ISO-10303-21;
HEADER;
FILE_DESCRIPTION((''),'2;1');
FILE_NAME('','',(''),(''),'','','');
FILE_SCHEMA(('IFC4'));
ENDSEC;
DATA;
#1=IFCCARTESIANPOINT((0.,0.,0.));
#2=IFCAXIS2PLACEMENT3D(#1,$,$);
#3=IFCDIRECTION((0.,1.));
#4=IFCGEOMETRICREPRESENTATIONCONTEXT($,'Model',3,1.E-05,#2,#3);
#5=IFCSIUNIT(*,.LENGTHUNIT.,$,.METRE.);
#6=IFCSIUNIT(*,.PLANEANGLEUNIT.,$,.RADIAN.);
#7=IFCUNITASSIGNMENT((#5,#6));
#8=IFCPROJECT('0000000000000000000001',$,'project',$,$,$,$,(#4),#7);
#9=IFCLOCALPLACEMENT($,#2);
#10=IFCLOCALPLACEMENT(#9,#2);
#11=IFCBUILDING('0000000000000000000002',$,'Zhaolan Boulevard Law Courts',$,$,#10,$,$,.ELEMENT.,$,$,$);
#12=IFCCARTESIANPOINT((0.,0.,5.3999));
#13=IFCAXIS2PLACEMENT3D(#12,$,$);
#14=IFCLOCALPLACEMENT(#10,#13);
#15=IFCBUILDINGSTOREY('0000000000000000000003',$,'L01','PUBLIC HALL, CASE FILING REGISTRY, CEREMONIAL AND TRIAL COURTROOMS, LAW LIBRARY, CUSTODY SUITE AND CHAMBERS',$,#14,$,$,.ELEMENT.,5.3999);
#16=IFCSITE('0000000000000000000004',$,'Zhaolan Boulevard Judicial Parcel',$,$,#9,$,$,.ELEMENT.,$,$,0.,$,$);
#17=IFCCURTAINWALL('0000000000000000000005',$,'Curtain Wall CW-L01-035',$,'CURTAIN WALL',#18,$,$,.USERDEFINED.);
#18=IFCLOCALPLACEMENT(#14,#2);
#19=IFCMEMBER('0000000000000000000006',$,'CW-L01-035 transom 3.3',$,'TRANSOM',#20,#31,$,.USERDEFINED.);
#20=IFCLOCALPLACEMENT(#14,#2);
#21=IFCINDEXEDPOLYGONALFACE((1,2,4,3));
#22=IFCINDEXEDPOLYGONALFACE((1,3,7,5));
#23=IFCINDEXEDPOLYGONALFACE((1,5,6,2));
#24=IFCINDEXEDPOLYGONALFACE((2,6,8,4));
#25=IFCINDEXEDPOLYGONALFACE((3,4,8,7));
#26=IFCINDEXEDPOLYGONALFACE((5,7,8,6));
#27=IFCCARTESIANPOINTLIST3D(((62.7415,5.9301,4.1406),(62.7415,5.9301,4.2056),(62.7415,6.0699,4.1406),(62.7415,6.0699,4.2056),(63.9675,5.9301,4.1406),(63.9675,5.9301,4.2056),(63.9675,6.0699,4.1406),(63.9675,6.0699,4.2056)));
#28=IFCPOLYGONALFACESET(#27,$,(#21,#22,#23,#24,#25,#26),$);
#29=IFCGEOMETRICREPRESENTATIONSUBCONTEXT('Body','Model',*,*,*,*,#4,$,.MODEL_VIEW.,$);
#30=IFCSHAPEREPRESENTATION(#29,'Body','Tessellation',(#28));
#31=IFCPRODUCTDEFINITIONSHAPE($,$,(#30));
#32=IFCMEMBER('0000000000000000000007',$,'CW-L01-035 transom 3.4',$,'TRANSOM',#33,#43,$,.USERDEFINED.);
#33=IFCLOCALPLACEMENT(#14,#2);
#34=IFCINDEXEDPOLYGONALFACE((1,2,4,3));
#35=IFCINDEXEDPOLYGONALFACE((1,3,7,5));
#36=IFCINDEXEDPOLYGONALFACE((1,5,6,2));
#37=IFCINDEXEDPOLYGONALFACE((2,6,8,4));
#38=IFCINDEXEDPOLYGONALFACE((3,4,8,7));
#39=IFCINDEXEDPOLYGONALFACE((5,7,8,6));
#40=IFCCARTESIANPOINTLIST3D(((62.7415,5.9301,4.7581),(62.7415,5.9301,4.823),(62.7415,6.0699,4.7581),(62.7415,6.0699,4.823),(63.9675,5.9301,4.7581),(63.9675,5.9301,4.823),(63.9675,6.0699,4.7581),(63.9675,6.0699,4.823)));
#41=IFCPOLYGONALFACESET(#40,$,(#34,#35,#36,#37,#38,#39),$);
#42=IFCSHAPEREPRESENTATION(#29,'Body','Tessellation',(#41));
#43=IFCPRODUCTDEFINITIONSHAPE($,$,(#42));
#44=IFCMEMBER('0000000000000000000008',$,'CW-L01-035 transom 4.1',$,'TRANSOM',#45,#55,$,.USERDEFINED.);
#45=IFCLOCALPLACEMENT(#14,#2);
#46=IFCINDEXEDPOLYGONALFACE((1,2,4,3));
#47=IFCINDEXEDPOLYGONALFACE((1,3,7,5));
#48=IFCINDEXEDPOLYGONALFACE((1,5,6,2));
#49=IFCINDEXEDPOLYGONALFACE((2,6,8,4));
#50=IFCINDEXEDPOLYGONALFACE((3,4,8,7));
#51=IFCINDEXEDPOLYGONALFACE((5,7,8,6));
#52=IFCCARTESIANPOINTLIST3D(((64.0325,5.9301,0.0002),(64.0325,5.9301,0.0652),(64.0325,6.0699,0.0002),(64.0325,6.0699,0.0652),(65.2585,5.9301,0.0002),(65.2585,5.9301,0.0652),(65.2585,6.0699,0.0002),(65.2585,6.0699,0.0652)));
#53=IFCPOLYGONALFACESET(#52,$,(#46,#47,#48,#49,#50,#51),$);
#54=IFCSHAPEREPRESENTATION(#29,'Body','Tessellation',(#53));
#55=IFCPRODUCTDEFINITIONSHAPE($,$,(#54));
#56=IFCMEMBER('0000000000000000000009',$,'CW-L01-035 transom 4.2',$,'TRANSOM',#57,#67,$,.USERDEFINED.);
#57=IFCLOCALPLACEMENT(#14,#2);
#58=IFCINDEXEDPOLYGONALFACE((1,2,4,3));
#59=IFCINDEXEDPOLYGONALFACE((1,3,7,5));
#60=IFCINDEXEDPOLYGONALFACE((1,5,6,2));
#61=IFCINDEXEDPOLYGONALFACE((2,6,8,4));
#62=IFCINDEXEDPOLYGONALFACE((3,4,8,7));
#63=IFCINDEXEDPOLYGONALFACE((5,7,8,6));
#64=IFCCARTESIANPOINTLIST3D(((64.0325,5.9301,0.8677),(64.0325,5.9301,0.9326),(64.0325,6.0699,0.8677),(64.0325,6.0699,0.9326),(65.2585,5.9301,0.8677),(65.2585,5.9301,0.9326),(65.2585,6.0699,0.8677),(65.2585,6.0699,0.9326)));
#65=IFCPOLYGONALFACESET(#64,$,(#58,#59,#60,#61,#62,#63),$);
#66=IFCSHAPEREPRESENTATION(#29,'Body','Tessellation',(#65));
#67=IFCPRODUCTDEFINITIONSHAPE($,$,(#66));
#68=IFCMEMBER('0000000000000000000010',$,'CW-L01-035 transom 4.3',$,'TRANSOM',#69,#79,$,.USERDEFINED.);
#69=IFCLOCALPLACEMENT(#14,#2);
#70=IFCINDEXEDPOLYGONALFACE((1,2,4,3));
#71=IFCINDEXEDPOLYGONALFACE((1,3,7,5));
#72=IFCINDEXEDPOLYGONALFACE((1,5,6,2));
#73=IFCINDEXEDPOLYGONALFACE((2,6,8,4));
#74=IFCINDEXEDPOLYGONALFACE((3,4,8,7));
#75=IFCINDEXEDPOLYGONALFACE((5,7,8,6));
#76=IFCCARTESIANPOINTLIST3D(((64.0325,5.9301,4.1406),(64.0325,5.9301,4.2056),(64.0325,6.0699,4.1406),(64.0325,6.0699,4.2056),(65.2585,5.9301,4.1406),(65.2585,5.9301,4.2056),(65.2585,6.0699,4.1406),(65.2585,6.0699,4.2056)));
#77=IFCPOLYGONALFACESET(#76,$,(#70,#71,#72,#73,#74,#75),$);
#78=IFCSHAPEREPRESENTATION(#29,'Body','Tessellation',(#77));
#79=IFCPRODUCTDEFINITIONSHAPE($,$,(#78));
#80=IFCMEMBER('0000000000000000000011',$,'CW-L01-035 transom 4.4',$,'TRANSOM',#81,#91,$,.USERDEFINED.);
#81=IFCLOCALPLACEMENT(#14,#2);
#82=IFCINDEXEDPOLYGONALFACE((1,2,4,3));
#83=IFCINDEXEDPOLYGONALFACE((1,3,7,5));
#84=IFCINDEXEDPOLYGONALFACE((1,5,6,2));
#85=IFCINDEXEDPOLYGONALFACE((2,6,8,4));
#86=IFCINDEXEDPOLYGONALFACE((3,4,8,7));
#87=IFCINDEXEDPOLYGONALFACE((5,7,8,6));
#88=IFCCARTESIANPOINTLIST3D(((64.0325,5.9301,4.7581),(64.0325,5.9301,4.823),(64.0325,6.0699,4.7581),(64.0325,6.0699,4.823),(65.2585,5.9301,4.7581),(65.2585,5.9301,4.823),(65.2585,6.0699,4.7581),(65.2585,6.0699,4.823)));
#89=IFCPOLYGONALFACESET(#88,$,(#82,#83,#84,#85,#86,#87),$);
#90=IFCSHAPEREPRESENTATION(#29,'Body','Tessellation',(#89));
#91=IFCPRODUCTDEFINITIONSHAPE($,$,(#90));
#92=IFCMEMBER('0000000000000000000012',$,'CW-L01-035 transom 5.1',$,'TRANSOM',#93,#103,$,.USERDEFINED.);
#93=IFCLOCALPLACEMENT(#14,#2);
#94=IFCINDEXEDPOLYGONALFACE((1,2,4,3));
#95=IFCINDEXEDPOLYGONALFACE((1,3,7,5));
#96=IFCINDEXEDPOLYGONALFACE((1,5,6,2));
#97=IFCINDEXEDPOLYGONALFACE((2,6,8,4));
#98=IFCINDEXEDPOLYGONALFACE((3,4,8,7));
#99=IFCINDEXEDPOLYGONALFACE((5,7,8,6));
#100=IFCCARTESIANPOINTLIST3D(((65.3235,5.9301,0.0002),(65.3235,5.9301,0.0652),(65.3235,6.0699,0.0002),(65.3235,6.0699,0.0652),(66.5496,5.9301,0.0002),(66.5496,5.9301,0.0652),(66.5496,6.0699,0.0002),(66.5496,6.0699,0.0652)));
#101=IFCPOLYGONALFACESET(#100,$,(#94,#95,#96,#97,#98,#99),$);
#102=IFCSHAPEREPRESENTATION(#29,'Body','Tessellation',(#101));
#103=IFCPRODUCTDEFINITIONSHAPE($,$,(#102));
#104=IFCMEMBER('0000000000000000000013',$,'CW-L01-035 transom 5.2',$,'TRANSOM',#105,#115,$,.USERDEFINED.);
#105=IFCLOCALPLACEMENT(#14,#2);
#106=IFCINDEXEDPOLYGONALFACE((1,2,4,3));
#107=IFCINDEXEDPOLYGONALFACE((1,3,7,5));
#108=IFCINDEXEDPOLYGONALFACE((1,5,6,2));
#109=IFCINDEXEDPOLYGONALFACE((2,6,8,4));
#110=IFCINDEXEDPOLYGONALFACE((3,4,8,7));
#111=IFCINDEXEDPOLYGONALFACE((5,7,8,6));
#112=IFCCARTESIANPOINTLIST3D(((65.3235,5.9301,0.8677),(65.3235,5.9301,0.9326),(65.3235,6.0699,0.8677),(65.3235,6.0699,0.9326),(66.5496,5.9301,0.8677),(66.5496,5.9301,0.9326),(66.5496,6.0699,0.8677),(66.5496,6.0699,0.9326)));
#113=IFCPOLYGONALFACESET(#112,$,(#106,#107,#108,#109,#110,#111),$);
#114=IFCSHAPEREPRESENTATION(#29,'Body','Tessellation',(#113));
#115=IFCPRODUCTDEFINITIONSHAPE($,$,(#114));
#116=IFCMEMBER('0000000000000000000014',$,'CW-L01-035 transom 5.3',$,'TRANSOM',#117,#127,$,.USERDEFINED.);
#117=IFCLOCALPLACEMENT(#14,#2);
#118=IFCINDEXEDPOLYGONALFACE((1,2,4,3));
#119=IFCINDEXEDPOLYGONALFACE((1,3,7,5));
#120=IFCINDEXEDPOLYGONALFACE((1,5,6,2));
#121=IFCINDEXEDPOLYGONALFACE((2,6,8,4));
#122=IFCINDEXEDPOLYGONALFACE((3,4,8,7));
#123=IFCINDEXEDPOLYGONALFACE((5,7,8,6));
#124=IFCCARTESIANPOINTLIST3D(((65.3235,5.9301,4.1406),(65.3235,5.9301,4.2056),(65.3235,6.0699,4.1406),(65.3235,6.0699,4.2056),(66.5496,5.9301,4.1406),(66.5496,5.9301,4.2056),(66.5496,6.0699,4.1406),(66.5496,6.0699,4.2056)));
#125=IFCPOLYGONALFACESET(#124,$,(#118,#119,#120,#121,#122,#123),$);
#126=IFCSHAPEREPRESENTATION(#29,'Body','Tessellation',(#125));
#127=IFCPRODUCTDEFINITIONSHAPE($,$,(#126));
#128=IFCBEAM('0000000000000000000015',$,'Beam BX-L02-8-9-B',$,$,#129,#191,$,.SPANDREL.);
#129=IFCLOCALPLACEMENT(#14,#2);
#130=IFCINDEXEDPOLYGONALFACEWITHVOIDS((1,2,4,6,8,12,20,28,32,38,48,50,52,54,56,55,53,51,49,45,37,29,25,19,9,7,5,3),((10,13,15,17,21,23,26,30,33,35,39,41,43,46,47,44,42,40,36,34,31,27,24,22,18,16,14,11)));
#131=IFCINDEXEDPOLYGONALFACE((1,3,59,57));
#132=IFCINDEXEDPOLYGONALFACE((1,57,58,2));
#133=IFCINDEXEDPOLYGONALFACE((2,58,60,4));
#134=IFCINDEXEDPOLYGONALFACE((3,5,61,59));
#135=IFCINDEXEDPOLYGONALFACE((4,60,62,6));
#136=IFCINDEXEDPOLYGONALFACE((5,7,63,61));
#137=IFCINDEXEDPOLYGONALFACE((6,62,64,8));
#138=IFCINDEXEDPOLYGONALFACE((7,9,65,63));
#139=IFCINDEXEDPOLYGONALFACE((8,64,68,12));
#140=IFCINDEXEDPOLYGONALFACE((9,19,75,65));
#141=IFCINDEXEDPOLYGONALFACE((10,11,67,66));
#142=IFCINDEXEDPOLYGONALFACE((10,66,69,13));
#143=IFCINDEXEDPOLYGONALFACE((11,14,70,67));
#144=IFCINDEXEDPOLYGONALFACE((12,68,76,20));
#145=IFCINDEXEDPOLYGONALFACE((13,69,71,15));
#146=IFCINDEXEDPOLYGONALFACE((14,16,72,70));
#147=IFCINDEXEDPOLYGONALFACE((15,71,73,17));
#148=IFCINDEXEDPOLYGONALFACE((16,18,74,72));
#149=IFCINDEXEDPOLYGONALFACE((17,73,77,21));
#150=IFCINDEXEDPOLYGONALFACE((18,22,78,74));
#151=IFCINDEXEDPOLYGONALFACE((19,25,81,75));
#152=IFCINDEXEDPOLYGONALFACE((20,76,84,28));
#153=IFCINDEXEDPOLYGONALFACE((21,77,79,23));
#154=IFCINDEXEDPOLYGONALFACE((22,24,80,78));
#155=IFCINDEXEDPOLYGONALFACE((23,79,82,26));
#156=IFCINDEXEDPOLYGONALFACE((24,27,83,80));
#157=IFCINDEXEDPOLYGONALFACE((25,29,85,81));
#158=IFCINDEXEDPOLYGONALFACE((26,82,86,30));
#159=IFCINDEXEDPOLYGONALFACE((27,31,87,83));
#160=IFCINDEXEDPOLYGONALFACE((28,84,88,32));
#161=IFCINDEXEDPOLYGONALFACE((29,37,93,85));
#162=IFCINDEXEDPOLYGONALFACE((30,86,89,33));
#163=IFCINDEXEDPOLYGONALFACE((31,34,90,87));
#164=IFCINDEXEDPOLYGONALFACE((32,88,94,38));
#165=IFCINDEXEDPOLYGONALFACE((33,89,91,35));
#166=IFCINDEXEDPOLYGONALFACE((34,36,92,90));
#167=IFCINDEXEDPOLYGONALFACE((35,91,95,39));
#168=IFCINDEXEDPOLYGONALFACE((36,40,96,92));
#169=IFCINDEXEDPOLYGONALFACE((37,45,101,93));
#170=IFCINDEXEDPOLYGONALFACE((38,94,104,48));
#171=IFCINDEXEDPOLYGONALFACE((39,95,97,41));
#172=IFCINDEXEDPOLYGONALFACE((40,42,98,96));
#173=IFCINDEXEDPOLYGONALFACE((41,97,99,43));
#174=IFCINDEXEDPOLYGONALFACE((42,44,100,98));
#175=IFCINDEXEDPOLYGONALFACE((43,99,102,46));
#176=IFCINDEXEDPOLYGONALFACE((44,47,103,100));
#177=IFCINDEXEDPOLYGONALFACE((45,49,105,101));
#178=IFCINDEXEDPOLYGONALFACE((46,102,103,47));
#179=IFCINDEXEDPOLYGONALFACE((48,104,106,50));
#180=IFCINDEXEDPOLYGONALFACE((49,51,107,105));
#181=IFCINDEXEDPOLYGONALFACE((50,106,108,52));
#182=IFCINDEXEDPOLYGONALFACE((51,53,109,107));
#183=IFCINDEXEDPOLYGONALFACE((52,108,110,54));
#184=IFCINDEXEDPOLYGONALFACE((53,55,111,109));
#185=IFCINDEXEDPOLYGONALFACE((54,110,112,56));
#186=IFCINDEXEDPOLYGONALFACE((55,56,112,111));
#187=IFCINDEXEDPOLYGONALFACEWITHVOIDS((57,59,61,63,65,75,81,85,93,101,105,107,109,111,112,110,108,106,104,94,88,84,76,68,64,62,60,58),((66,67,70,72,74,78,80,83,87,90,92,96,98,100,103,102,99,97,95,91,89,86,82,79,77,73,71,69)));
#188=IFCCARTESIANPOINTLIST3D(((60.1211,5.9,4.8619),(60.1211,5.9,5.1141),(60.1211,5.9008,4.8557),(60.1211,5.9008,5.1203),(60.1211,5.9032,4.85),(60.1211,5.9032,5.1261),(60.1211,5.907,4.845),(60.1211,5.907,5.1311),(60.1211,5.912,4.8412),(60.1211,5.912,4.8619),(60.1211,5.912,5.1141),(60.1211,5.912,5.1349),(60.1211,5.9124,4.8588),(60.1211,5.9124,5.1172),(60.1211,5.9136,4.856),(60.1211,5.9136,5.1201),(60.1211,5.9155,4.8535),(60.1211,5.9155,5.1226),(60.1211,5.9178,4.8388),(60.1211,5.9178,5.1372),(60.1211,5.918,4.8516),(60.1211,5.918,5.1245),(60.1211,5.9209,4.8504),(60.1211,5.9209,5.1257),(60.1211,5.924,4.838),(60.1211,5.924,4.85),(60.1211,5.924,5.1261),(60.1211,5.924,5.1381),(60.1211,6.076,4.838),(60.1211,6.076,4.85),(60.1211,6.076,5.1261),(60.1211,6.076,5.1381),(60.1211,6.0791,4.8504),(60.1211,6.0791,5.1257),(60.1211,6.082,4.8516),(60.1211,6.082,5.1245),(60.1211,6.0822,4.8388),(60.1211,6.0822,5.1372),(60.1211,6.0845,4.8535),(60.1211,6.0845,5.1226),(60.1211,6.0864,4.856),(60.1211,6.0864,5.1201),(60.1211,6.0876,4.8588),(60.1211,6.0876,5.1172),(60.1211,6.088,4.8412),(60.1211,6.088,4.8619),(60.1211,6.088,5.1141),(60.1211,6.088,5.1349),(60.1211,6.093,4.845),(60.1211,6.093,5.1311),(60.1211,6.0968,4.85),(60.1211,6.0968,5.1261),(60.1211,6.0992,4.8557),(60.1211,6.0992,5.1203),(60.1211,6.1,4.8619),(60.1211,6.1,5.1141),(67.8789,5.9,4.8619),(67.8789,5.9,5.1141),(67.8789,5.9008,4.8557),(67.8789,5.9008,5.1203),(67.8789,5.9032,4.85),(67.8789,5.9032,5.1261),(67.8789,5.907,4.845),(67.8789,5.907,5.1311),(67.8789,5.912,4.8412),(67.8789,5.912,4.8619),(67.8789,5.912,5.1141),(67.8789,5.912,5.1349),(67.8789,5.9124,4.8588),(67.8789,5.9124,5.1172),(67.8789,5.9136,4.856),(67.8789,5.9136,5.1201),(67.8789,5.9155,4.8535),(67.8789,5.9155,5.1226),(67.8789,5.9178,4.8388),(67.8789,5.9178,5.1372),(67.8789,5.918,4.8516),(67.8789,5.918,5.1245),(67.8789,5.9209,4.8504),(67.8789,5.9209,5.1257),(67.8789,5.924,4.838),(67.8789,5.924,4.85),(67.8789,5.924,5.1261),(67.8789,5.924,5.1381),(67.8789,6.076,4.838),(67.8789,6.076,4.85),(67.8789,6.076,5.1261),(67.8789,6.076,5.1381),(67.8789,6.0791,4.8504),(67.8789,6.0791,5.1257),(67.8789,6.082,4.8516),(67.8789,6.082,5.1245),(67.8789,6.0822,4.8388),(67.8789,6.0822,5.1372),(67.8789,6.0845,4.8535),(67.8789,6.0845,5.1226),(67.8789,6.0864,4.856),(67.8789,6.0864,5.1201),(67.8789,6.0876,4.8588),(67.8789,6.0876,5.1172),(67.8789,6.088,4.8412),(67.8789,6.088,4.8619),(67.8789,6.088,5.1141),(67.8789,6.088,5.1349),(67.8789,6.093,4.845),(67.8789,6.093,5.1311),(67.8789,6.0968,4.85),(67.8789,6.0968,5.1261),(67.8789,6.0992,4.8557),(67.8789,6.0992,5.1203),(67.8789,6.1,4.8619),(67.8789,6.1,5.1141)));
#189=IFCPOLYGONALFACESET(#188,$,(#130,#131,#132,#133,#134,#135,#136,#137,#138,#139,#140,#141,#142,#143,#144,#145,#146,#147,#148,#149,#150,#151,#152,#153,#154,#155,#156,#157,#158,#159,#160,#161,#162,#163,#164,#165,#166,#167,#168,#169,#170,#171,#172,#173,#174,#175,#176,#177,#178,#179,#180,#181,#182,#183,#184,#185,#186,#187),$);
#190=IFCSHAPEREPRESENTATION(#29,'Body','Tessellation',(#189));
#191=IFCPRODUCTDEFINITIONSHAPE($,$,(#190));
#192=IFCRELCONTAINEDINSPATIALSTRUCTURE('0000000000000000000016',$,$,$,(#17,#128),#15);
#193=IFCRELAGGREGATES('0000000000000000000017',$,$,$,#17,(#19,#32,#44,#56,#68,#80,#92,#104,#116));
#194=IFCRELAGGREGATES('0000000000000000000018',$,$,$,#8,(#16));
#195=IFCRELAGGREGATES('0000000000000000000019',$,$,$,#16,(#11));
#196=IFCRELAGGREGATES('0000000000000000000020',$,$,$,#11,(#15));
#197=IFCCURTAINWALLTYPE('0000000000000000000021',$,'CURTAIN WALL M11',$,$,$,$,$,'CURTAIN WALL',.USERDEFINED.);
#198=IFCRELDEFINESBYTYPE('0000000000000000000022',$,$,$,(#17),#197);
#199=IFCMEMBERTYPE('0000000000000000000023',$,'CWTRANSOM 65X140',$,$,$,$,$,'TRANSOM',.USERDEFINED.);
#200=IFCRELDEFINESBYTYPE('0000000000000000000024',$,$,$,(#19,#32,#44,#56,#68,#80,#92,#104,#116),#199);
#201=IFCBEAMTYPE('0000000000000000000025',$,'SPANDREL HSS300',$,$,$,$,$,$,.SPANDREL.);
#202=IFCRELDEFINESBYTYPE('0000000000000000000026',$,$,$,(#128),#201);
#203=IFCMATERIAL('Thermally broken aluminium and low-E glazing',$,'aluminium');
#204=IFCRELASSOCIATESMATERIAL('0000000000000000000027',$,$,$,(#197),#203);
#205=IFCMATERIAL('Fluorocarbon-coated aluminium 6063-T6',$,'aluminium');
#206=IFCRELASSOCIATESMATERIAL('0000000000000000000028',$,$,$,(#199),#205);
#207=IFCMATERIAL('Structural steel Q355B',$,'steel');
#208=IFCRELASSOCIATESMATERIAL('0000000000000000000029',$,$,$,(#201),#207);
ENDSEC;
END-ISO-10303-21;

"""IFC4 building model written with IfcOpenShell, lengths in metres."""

from ifc_helpers import new_model, si_unit, direction, frame, origin, origin_2d, place, context, subcontext, project, spatial, rectangle, hollow_rectangle, extrude, material, material_profile, profile_set, type_object, element, aggregate, save


model = new_model("IFC4")

# Units and contexts
model_context = context("Model", 3, precision=1e-05, world=origin(), true_north=direction((0.0, 1.0)))
body_context = subcontext(model_context, "Body", "Model", "MODEL_VIEW")
ifc_project = project(units=[si_unit("LENGTHUNIT", "METRE"), si_unit("PLANEANGLEUNIT", "RADIAN")], contexts=[model_context])

# Site, building, storey
site_placement = place(None, origin())
site = spatial("IfcSite", under=ifc_project, at=site_placement, Name="Zhaolan Boulevard Judicial Parcel", CompositionType="ELEMENT", RefElevation=0.0)
building_placement = place(site_placement, origin())
building = spatial("IfcBuilding", under=site, at=building_placement, Name="Zhaolan Boulevard Law Courts", CompositionType="ELEMENT")
storey_placement = place(building_placement, frame((0.0, 0.0, 5.3999)))
storey = spatial("IfcBuildingStorey", under=building, at=storey_placement, Name="L01", Description="PUBLIC HALL, CASE FILING REGISTRY, CEREMONIAL AND TRIAL COURTROOMS, LAW LIBRARY, CUSTODY SUITE AND CHAMBERS", CompositionType="ELEMENT", Elevation=5.3999)

# Curtain wall, members
ifc_material_1 = material(Name="Thermally broken aluminium and low-E glazing", Category="aluminium")
curtain_wall_type = type_object("IfcCurtainWallType", Name="CURTAIN WALL M11", ElementType="CURTAIN WALL", PredefinedType="USERDEFINED", material=ifc_material_1)
curtain_wall_placement = place(storey_placement, origin())
curtain_wall = element("IfcCurtainWall", 1, at=curtain_wall_placement, inside=storey, type_object=curtain_wall_type, Name="Curtain Wall CW-L01-035", ObjectType="CURTAIN WALL", PredefinedType="USERDEFINED")
ifc_material_2 = material(Name="Fluorocarbon-coated aluminium 6063-T6", Category="aluminium")
ifc_material_profile_1 = material_profile(ifc_material_2, rectangle(XDim=0.1399, YDim=0.0649, at=origin_2d()), Name="AL65x140")
ifc_profile_set_1 = profile_set([ifc_material_profile_1], Name="Fluorocarbon-coated aluminium 6063-T6")
member_type_1 = type_object("IfcMemberType", Name="CWTRANSOM 65X140", ElementType="TRANSOM", PredefinedType="USERDEFINED", material=ifc_profile_set_1)
member_1_placement = place(storey_placement, frame((62.7415, 6.0, 4.1731), z_axis=(1.0, 0.0, 0.0), x_axis=(0.0, 1.0, 0.0)))
member_1 = element("IfcMember", 2, at=member_1_placement, type_object=member_type_1, Name="CW-L01-035 transom 3.3", ObjectType="TRANSOM", PredefinedType="USERDEFINED", context=body_context, shape_type="SweptSolid", body=[
    extrude(rectangle(XDim=0.1399, YDim=0.0649, at=origin_2d()), origin(), (0.0, 0.0, 1.0), 1.2261),
])
member_2_placement = place(storey_placement, frame((62.7415, 6.0, 4.7905), z_axis=(1.0, 0.0, 0.0), x_axis=(0.0, 1.0, 0.0)))
member_2 = element("IfcMember", 3, at=member_2_placement, type_object=member_type_1, Name="CW-L01-035 transom 3.4", ObjectType="TRANSOM", PredefinedType="USERDEFINED", context=body_context, shape_type="SweptSolid", body=[
    extrude(rectangle(XDim=0.1399, YDim=0.0649, at=origin_2d()), origin(), (0.0, 0.0, 1.0), 1.2261),
])
member_3_placement = place(storey_placement, frame((64.0325, 6.0, 0.0327), z_axis=(1.0, 0.0, 0.0), x_axis=(0.0, 1.0, 0.0)))
member_3 = element("IfcMember", 4, at=member_3_placement, type_object=member_type_1, Name="CW-L01-035 transom 4.1", ObjectType="TRANSOM", PredefinedType="USERDEFINED", context=body_context, shape_type="SweptSolid", body=[
    extrude(rectangle(XDim=0.1399, YDim=0.0649, at=origin_2d()), origin(), (0.0, 0.0, 1.0), 1.2261),
])
member_4_placement = place(storey_placement, frame((64.0325, 6.0, 0.9001), z_axis=(1.0, 0.0, 0.0), x_axis=(0.0, 1.0, 0.0)))
member_4 = element("IfcMember", 5, at=member_4_placement, type_object=member_type_1, Name="CW-L01-035 transom 4.2", ObjectType="TRANSOM", PredefinedType="USERDEFINED", context=body_context, shape_type="SweptSolid", body=[
    extrude(rectangle(XDim=0.1399, YDim=0.0649, at=origin_2d()), origin(), (0.0, 0.0, 1.0), 1.2261),
])
member_5_placement = place(storey_placement, frame((64.0325, 6.0, 4.1731), z_axis=(1.0, 0.0, 0.0), x_axis=(0.0, 1.0, 0.0)))
member_5 = element("IfcMember", 6, at=member_5_placement, type_object=member_type_1, Name="CW-L01-035 transom 4.3", ObjectType="TRANSOM", PredefinedType="USERDEFINED", context=body_context, shape_type="SweptSolid", body=[
    extrude(rectangle(XDim=0.1399, YDim=0.0649, at=origin_2d()), origin(), (0.0, 0.0, 1.0), 1.2261),
])
member_6_placement = place(storey_placement, frame((64.0325, 6.0, 4.7905), z_axis=(1.0, 0.0, 0.0), x_axis=(0.0, 1.0, 0.0)))
member_6 = element("IfcMember", 7, at=member_6_placement, type_object=member_type_1, Name="CW-L01-035 transom 4.4", ObjectType="TRANSOM", PredefinedType="USERDEFINED", context=body_context, shape_type="SweptSolid", body=[
    extrude(rectangle(XDim=0.1399, YDim=0.0649, at=origin_2d()), origin(), (0.0, 0.0, 1.0), 1.2261),
])
member_7_placement = place(storey_placement, frame((65.3235, 6.0, 0.0327), z_axis=(1.0, 0.0, 0.0), x_axis=(0.0, 1.0, 0.0)))
member_7 = element("IfcMember", 8, at=member_7_placement, type_object=member_type_1, Name="CW-L01-035 transom 5.1", ObjectType="TRANSOM", PredefinedType="USERDEFINED", context=body_context, shape_type="SweptSolid", body=[
    extrude(rectangle(XDim=0.1399, YDim=0.0649, at=origin_2d()), origin(), (0.0, 0.0, 1.0), 1.2261),
])
member_8_placement = place(storey_placement, frame((65.3235, 6.0, 0.9001), z_axis=(1.0, 0.0, 0.0), x_axis=(0.0, 1.0, 0.0)))
member_8 = element("IfcMember", 9, at=member_8_placement, type_object=member_type_1, Name="CW-L01-035 transom 5.2", ObjectType="TRANSOM", PredefinedType="USERDEFINED", context=body_context, shape_type="SweptSolid", body=[
    extrude(rectangle(XDim=0.1399, YDim=0.0649, at=origin_2d()), origin(), (0.0, 0.0, 1.0), 1.2261),
])
member_9_placement = place(storey_placement, frame((65.3235, 6.0, 4.1731), z_axis=(1.0, 0.0, 0.0), x_axis=(0.0, 1.0, 0.0)))
member_9 = element("IfcMember", 10, at=member_9_placement, type_object=member_type_1, Name="CW-L01-035 transom 5.3", ObjectType="TRANSOM", PredefinedType="USERDEFINED", context=body_context, shape_type="SweptSolid", body=[
    extrude(rectangle(XDim=0.1399, YDim=0.0649, at=origin_2d()), origin(), (0.0, 0.0, 1.0), 1.2261),
])

# Beam
ifc_material_3 = material(Name="Structural steel Q355B", Category="steel")
ifc_material_profile_2 = material_profile(ifc_material_3, hollow_rectangle(XDim=0.2, YDim=0.3, WallThickness=0.012, InnerFilletRadius=0.012, OuterFilletRadius=0.0239, at=origin_2d()), Name="HSS300x200x12")
ifc_profile_set_2 = profile_set([ifc_material_profile_2], Name="Structural steel Q355B")
beam_type = type_object("IfcBeamType", Name="SPANDREL HSS300", PredefinedType="SPANDREL", material=ifc_profile_set_2)
beam_placement = place(storey_placement, frame((60.1211, 6.0, 4.988), z_axis=(1.0, 0.0, 0.0), x_axis=(0.0, 1.0, 0.0)))
element("IfcBeam", 11, at=beam_placement, inside=storey, type_object=beam_type, Name="Beam BX-L02-8-9-B", PredefinedType="SPANDREL", context=body_context, shape_type="SweptSolid", body=[
    extrude(hollow_rectangle(XDim=0.2, YDim=0.3, WallThickness=0.012, InnerFilletRadius=0.012, OuterFilletRadius=0.0239, at=origin_2d()), origin(), (0.0, 0.0, 1.0), 7.7578),
])

aggregate(curtain_wall, [member_1, member_2, member_3, member_4, member_5, member_6, member_7, member_8, member_9])

save(model, "model.ifc")
